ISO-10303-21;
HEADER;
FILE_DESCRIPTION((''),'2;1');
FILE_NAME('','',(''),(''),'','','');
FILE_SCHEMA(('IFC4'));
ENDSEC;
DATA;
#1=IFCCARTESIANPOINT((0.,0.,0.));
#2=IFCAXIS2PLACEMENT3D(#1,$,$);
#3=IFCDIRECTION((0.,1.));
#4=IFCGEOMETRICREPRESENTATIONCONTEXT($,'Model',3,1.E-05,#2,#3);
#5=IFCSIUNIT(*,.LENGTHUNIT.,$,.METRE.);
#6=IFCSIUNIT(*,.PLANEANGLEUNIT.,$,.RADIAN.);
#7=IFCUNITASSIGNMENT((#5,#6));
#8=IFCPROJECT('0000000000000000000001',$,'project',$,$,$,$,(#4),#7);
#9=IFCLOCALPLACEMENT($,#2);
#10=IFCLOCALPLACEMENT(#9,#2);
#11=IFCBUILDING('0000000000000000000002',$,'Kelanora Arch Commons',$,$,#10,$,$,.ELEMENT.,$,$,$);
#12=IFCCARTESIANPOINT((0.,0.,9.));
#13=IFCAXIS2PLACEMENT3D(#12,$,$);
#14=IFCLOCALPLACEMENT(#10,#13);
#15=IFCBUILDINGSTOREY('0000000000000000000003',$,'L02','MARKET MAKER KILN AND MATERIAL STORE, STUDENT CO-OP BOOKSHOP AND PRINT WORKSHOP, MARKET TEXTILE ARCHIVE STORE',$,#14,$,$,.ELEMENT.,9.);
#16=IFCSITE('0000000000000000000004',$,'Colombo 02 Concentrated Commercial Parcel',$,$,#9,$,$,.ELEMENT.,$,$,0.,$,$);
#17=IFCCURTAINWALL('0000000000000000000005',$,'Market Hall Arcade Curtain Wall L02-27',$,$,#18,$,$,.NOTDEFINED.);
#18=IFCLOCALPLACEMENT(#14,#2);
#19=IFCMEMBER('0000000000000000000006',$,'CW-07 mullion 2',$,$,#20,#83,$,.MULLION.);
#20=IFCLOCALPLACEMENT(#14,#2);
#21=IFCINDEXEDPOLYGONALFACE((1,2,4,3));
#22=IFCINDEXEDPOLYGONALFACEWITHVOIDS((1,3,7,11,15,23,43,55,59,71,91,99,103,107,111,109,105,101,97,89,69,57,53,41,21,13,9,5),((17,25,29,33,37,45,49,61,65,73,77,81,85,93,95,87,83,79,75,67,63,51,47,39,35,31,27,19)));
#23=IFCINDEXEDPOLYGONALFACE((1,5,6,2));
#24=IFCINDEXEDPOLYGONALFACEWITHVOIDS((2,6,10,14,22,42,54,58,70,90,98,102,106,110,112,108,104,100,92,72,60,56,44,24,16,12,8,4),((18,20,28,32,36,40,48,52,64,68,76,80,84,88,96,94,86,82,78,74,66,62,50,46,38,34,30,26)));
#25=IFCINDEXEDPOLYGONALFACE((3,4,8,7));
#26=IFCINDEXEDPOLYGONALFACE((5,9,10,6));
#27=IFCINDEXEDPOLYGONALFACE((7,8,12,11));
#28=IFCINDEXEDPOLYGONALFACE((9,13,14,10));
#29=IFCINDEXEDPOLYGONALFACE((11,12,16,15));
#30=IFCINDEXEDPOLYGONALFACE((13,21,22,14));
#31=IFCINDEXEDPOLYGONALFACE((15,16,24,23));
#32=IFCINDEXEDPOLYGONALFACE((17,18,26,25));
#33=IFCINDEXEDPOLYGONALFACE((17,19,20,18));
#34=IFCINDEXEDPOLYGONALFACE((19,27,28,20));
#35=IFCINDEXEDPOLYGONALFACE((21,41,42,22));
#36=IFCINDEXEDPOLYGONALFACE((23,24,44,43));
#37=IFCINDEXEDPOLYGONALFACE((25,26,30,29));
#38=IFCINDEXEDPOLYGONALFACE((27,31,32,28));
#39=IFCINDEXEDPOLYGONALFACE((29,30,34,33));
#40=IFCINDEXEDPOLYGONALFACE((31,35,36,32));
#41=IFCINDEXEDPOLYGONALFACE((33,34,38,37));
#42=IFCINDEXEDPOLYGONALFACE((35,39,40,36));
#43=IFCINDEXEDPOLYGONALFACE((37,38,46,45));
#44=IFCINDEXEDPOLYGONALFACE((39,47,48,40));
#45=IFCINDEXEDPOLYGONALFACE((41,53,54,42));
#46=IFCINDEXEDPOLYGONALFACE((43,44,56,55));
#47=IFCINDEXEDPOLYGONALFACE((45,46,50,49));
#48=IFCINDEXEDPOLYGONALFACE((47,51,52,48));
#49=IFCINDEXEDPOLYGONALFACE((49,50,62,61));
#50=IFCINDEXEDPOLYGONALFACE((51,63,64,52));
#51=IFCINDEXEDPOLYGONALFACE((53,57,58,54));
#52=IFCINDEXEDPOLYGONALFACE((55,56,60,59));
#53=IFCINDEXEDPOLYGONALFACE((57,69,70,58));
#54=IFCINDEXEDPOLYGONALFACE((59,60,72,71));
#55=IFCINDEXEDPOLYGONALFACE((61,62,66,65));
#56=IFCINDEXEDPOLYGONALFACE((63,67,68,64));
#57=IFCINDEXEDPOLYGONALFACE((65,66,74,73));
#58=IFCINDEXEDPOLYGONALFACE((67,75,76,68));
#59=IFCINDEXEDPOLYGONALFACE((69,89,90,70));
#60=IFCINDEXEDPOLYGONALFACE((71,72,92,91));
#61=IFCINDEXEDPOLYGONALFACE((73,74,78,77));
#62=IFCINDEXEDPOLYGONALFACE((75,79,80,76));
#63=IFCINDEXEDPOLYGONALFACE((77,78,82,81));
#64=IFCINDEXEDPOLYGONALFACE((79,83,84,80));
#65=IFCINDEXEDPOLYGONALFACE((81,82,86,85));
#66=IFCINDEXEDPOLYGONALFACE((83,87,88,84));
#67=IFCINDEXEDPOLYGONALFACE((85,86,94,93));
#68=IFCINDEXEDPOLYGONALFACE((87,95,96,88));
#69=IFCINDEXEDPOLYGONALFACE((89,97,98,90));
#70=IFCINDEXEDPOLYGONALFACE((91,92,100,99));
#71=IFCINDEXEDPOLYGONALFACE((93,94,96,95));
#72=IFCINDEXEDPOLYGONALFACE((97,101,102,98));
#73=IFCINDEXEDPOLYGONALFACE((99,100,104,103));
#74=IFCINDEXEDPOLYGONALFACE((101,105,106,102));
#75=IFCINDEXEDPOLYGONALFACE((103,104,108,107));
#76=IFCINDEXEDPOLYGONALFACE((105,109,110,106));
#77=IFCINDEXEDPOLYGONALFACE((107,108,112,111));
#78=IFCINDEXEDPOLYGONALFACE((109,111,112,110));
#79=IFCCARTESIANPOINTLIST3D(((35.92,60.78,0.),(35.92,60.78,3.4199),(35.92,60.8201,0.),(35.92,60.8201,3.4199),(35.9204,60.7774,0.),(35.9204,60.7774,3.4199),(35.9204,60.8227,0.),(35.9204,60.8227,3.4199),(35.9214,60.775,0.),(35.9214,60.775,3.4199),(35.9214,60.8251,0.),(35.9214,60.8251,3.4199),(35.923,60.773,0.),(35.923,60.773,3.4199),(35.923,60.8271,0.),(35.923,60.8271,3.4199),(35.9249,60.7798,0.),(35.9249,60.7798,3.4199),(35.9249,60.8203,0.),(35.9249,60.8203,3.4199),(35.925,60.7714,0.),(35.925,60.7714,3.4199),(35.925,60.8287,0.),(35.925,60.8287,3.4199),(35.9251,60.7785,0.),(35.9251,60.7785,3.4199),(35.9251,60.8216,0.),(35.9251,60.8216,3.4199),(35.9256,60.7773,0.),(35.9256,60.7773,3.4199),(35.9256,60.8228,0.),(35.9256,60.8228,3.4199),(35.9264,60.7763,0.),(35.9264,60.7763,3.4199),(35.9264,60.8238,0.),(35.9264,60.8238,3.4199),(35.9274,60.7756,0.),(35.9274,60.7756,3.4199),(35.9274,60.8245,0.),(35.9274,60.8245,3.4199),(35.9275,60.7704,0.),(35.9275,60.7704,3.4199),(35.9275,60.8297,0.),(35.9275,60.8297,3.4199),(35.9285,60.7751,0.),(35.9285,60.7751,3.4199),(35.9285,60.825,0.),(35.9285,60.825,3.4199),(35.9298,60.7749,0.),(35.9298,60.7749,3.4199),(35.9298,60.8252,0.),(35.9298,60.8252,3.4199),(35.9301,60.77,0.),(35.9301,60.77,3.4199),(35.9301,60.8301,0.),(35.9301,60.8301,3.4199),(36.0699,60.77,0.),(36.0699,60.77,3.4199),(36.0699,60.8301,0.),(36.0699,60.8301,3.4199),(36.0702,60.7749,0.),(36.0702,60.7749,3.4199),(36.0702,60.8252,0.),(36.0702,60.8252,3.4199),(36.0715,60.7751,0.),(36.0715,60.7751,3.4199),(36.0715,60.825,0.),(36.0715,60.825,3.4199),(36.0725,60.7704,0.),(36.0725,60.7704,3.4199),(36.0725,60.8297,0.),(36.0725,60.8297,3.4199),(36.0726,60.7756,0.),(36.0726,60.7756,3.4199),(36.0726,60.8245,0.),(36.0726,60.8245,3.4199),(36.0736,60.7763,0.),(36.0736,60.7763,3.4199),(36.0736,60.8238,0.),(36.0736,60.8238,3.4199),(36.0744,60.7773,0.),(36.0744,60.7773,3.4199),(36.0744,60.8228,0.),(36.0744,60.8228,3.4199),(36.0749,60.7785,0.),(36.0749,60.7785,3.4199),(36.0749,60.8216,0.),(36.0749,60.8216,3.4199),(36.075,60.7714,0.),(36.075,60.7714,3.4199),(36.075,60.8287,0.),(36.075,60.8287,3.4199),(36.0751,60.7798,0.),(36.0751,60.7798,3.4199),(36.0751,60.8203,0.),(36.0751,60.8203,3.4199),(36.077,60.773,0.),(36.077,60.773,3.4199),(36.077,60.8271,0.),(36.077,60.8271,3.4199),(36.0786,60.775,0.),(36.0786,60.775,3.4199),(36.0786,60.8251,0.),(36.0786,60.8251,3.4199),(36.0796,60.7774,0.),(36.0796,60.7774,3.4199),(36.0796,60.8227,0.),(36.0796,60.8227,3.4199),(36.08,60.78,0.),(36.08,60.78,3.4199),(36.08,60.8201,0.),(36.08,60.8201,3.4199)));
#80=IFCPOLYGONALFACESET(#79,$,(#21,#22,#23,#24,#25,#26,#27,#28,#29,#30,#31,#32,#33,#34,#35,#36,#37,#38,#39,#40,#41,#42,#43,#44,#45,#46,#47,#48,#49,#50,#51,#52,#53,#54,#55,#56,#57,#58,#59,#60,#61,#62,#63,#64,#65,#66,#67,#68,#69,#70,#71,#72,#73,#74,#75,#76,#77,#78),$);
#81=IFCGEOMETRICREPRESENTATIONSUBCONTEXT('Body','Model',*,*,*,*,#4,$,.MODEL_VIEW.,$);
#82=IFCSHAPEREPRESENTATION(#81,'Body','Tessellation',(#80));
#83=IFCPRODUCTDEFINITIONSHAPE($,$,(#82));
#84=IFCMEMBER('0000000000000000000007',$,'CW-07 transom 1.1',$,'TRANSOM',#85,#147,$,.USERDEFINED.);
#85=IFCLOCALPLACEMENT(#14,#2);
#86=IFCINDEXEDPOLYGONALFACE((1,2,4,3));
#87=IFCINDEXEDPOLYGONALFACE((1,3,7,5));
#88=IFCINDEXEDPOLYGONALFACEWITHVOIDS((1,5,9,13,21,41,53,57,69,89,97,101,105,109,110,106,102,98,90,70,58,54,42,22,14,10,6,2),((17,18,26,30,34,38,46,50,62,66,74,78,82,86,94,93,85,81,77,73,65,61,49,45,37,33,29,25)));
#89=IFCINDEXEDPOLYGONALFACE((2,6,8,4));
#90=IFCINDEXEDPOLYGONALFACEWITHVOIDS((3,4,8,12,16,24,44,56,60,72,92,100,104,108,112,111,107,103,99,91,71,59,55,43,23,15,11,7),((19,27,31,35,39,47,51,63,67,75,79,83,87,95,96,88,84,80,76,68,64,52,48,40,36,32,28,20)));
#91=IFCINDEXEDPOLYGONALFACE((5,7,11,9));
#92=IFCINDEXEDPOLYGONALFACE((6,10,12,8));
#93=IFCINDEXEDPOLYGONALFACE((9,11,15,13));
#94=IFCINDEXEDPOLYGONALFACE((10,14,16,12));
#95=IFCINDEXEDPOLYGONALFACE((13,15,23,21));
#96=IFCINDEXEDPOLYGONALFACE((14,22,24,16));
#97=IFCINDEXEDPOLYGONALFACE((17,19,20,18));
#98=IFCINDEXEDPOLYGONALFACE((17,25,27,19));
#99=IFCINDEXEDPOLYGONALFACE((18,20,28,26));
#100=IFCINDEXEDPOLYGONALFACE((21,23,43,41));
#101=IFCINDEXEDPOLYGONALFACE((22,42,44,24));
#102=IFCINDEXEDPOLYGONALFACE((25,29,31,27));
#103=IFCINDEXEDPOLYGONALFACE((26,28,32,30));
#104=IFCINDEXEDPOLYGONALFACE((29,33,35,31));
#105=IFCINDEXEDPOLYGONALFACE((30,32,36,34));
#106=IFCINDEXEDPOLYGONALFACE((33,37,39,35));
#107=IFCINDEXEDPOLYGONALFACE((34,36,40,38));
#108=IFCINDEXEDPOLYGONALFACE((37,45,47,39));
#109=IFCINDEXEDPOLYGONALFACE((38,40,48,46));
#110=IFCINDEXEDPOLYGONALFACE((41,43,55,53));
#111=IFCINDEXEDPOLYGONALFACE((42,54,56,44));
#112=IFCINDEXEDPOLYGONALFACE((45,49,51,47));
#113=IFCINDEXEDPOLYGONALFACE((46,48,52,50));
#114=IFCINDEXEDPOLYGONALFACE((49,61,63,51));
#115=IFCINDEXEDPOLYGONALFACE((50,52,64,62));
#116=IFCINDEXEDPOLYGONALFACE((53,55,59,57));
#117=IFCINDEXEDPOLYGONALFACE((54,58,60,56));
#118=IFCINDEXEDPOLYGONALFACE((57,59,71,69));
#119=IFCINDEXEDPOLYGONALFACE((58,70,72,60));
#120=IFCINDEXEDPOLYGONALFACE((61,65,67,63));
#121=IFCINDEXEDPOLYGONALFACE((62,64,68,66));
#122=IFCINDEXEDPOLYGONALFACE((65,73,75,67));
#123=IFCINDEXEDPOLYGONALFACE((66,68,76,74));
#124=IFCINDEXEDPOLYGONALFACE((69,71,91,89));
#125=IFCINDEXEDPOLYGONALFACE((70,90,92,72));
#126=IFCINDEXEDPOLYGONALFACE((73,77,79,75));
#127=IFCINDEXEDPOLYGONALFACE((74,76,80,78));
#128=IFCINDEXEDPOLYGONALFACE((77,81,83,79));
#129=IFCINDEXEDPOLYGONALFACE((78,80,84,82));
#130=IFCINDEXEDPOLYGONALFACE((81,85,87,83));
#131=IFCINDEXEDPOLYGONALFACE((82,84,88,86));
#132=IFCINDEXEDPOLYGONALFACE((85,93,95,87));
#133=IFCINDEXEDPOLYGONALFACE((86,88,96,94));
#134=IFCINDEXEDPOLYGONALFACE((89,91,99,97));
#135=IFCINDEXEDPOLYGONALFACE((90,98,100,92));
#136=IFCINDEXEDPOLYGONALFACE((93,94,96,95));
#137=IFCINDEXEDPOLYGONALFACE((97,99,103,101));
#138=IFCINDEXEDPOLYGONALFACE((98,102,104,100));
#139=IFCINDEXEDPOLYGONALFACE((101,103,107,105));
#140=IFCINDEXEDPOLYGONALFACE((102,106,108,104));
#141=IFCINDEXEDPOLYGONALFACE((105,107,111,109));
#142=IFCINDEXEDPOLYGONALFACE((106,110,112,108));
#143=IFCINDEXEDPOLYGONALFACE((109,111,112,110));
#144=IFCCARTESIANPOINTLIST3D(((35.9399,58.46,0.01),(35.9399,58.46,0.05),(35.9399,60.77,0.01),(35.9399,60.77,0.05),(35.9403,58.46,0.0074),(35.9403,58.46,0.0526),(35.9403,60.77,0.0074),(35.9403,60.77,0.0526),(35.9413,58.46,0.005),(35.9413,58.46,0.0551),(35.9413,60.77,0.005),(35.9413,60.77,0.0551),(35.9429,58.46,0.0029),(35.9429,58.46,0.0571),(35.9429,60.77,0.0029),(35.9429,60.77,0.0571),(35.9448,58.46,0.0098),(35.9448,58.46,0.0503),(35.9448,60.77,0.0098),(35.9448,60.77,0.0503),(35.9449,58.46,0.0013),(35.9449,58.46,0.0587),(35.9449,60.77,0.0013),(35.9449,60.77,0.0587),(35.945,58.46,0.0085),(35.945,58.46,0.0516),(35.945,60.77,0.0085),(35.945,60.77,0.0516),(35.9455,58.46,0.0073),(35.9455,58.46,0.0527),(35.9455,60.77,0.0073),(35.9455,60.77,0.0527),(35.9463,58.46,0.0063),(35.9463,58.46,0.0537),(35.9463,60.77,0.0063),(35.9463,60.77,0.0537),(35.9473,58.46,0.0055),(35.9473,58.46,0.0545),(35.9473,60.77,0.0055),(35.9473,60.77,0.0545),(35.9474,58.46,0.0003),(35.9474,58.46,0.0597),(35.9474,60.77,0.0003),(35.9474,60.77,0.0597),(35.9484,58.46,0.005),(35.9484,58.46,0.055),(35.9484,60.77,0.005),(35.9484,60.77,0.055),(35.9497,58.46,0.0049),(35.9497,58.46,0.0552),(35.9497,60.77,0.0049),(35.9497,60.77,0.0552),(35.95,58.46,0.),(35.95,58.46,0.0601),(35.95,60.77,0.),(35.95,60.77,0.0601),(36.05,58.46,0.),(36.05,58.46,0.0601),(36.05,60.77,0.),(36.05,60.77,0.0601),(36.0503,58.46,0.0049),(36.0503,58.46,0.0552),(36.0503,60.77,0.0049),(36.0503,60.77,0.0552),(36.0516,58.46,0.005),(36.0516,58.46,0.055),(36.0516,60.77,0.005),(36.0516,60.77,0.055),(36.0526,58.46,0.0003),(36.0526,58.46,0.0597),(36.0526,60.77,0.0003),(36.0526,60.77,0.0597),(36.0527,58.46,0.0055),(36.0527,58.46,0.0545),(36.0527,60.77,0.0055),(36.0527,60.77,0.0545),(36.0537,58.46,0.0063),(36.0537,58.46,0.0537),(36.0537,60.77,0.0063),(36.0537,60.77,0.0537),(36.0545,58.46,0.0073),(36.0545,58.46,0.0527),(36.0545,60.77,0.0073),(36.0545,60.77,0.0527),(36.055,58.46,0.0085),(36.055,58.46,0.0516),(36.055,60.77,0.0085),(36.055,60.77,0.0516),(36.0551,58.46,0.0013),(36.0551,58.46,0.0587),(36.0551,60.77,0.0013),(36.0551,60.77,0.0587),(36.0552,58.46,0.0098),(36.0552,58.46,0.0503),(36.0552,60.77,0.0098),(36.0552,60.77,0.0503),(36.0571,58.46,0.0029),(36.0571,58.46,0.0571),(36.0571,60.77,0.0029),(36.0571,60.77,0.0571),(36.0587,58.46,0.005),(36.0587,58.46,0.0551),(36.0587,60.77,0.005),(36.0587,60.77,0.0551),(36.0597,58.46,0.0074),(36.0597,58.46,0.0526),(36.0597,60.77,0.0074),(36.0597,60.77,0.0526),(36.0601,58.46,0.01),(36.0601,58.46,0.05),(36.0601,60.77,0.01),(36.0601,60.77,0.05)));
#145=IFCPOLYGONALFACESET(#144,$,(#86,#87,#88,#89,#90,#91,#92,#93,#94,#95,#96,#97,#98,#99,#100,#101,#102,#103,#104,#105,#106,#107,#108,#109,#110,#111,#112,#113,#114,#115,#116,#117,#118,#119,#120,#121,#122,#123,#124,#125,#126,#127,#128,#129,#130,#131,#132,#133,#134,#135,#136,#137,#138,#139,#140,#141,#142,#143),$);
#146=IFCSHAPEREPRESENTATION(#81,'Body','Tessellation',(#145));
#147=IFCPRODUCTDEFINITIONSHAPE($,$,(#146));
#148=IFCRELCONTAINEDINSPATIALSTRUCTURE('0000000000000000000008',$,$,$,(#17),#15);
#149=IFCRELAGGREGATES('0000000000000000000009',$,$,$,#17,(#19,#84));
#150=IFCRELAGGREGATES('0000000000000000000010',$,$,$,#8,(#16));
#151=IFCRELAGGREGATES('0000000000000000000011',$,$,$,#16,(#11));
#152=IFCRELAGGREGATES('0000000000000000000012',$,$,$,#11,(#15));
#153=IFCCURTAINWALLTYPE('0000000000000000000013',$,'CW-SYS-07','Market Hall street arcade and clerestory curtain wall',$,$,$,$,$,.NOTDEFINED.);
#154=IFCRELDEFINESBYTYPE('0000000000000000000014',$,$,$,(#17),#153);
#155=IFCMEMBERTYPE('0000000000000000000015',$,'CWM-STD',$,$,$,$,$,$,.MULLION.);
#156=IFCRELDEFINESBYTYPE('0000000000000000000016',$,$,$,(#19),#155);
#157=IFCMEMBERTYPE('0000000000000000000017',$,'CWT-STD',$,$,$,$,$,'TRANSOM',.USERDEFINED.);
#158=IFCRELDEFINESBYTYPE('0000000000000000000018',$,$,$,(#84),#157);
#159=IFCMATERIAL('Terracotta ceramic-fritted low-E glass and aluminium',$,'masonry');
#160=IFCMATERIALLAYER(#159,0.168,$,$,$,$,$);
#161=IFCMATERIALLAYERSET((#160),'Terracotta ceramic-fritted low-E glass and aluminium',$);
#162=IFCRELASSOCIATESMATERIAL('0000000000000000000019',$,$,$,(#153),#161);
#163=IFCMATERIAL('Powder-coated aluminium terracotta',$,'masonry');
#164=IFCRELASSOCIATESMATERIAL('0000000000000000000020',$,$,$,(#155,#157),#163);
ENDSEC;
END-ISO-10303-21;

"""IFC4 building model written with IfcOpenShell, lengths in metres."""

from ifc_helpers import new_model, si_unit, direction, frame, origin, origin_2d, place, context, subcontext, project, spatial, hollow_rectangle, extrude, material, layer, layer_set, material_profile, profile_set, type_object, element, aggregate, save


model = new_model("IFC4")

# Units and contexts
model_context = context("Model", 3, precision=1e-05, world=origin(), true_north=direction((0.0, 1.0)))
body_context = subcontext(model_context, "Body", "Model", "MODEL_VIEW")
ifc_project = project(units=[si_unit("LENGTHUNIT", "METRE"), si_unit("PLANEANGLEUNIT", "RADIAN")], contexts=[model_context])

# Site, building, storey
site_placement = place(None, origin())
site = spatial("IfcSite", under=ifc_project, at=site_placement, Name="Colombo 02 Concentrated Commercial Parcel", CompositionType="ELEMENT", RefElevation=0.0)
building_placement = place(site_placement, origin())
building = spatial("IfcBuilding", under=site, at=building_placement, Name="Kelanora Arch Commons", CompositionType="ELEMENT")
storey_placement = place(building_placement, frame((0.0, 0.0, 9.0)))
storey = spatial("IfcBuildingStorey", under=building, at=storey_placement, Name="L02", Description="MARKET MAKER KILN AND MATERIAL STORE, STUDENT CO-OP BOOKSHOP AND PRINT WORKSHOP, MARKET TEXTILE ARCHIVE STORE", CompositionType="ELEMENT", Elevation=9.0)

# Curtain wall, members
ifc_material_1 = material(Name="Terracotta ceramic-fritted low-E glass and aluminium", Category="masonry")
ifc_layer_1 = layer(ifc_material_1, 0.168)
ifc_layer_set_1 = layer_set([ifc_layer_1], Name="Terracotta ceramic-fritted low-E glass and aluminium")
curtain_wall_type = type_object("IfcCurtainWallType", Name="CW-SYS-07", Description="Market Hall street arcade and clerestory curtain wall", PredefinedType="NOTDEFINED", material=ifc_layer_set_1)
curtain_wall_placement = place(storey_placement, origin())
curtain_wall = element("IfcCurtainWall", 1, at=curtain_wall_placement, inside=storey, type_object=curtain_wall_type, Name="Market Hall Arcade Curtain Wall L02-27", PredefinedType="NOTDEFINED")
ifc_material_2 = material(Name="Powder-coated aluminium terracotta", Category="masonry")
ifc_material_profile_1 = material_profile(ifc_material_2, hollow_rectangle(XDim=0.1599, YDim=0.0601, WallThickness=0.0049, InnerFilletRadius=0.0049, OuterFilletRadius=0.01, at=origin_2d()), Name="CWM160x60")
ifc_profile_set_1 = profile_set([ifc_material_profile_1], Name="Powder-coated aluminium terracotta")
member_type_1 = type_object("IfcMemberType", Name="CWM-STD", PredefinedType="MULLION", material=ifc_profile_set_1)
member_1_placement = place(storey_placement, frame((36.0, 60.8, 0.0), z_axis=(0.0, 0.0, 1.0), x_axis=(-1.0, 0.0, 0.0)))
member_1 = element("IfcMember", 2, at=member_1_placement, type_object=member_type_1, Name="CW-07 mullion 2", PredefinedType="MULLION", context=body_context, shape_type="SweptSolid", body=[
    extrude(hollow_rectangle(XDim=0.1599, YDim=0.0601, WallThickness=0.0049, InnerFilletRadius=0.0049, OuterFilletRadius=0.01, at=origin_2d()), origin(), (0.0, 0.0, 1.0), 3.4199),
])
ifc_material_profile_2 = material_profile(ifc_material_2, hollow_rectangle(XDim=0.1201, YDim=0.0601, WallThickness=0.0049, InnerFilletRadius=0.0049, OuterFilletRadius=0.01, at=origin_2d()), Name="CWT120x60")
ifc_profile_set_2 = profile_set([ifc_material_profile_2], Name="Powder-coated aluminium terracotta")
member_type_2 = type_object("IfcMemberType", Name="CWT-STD", ElementType="TRANSOM", PredefinedType="USERDEFINED", material=ifc_profile_set_2)
member_2_placement = place(storey_placement, frame((36.0, 58.46, 0.03), z_axis=(0.0, 1.0, 0.0), x_axis=(-1.0, 0.0, 0.0)))
member_2 = element("IfcMember", 3, at=member_2_placement, type_object=member_type_2, Name="CW-07 transom 1.1", ObjectType="TRANSOM", PredefinedType="USERDEFINED", context=body_context, shape_type="SweptSolid", body=[
    extrude(hollow_rectangle(XDim=0.1201, YDim=0.0601, WallThickness=0.0049, InnerFilletRadius=0.0049, OuterFilletRadius=0.01, at=origin_2d()), origin(), (0.0, 0.0, 1.0), 2.3101),
])
aggregate(curtain_wall, [member_1, member_2])

save(model, "model.ifc")
